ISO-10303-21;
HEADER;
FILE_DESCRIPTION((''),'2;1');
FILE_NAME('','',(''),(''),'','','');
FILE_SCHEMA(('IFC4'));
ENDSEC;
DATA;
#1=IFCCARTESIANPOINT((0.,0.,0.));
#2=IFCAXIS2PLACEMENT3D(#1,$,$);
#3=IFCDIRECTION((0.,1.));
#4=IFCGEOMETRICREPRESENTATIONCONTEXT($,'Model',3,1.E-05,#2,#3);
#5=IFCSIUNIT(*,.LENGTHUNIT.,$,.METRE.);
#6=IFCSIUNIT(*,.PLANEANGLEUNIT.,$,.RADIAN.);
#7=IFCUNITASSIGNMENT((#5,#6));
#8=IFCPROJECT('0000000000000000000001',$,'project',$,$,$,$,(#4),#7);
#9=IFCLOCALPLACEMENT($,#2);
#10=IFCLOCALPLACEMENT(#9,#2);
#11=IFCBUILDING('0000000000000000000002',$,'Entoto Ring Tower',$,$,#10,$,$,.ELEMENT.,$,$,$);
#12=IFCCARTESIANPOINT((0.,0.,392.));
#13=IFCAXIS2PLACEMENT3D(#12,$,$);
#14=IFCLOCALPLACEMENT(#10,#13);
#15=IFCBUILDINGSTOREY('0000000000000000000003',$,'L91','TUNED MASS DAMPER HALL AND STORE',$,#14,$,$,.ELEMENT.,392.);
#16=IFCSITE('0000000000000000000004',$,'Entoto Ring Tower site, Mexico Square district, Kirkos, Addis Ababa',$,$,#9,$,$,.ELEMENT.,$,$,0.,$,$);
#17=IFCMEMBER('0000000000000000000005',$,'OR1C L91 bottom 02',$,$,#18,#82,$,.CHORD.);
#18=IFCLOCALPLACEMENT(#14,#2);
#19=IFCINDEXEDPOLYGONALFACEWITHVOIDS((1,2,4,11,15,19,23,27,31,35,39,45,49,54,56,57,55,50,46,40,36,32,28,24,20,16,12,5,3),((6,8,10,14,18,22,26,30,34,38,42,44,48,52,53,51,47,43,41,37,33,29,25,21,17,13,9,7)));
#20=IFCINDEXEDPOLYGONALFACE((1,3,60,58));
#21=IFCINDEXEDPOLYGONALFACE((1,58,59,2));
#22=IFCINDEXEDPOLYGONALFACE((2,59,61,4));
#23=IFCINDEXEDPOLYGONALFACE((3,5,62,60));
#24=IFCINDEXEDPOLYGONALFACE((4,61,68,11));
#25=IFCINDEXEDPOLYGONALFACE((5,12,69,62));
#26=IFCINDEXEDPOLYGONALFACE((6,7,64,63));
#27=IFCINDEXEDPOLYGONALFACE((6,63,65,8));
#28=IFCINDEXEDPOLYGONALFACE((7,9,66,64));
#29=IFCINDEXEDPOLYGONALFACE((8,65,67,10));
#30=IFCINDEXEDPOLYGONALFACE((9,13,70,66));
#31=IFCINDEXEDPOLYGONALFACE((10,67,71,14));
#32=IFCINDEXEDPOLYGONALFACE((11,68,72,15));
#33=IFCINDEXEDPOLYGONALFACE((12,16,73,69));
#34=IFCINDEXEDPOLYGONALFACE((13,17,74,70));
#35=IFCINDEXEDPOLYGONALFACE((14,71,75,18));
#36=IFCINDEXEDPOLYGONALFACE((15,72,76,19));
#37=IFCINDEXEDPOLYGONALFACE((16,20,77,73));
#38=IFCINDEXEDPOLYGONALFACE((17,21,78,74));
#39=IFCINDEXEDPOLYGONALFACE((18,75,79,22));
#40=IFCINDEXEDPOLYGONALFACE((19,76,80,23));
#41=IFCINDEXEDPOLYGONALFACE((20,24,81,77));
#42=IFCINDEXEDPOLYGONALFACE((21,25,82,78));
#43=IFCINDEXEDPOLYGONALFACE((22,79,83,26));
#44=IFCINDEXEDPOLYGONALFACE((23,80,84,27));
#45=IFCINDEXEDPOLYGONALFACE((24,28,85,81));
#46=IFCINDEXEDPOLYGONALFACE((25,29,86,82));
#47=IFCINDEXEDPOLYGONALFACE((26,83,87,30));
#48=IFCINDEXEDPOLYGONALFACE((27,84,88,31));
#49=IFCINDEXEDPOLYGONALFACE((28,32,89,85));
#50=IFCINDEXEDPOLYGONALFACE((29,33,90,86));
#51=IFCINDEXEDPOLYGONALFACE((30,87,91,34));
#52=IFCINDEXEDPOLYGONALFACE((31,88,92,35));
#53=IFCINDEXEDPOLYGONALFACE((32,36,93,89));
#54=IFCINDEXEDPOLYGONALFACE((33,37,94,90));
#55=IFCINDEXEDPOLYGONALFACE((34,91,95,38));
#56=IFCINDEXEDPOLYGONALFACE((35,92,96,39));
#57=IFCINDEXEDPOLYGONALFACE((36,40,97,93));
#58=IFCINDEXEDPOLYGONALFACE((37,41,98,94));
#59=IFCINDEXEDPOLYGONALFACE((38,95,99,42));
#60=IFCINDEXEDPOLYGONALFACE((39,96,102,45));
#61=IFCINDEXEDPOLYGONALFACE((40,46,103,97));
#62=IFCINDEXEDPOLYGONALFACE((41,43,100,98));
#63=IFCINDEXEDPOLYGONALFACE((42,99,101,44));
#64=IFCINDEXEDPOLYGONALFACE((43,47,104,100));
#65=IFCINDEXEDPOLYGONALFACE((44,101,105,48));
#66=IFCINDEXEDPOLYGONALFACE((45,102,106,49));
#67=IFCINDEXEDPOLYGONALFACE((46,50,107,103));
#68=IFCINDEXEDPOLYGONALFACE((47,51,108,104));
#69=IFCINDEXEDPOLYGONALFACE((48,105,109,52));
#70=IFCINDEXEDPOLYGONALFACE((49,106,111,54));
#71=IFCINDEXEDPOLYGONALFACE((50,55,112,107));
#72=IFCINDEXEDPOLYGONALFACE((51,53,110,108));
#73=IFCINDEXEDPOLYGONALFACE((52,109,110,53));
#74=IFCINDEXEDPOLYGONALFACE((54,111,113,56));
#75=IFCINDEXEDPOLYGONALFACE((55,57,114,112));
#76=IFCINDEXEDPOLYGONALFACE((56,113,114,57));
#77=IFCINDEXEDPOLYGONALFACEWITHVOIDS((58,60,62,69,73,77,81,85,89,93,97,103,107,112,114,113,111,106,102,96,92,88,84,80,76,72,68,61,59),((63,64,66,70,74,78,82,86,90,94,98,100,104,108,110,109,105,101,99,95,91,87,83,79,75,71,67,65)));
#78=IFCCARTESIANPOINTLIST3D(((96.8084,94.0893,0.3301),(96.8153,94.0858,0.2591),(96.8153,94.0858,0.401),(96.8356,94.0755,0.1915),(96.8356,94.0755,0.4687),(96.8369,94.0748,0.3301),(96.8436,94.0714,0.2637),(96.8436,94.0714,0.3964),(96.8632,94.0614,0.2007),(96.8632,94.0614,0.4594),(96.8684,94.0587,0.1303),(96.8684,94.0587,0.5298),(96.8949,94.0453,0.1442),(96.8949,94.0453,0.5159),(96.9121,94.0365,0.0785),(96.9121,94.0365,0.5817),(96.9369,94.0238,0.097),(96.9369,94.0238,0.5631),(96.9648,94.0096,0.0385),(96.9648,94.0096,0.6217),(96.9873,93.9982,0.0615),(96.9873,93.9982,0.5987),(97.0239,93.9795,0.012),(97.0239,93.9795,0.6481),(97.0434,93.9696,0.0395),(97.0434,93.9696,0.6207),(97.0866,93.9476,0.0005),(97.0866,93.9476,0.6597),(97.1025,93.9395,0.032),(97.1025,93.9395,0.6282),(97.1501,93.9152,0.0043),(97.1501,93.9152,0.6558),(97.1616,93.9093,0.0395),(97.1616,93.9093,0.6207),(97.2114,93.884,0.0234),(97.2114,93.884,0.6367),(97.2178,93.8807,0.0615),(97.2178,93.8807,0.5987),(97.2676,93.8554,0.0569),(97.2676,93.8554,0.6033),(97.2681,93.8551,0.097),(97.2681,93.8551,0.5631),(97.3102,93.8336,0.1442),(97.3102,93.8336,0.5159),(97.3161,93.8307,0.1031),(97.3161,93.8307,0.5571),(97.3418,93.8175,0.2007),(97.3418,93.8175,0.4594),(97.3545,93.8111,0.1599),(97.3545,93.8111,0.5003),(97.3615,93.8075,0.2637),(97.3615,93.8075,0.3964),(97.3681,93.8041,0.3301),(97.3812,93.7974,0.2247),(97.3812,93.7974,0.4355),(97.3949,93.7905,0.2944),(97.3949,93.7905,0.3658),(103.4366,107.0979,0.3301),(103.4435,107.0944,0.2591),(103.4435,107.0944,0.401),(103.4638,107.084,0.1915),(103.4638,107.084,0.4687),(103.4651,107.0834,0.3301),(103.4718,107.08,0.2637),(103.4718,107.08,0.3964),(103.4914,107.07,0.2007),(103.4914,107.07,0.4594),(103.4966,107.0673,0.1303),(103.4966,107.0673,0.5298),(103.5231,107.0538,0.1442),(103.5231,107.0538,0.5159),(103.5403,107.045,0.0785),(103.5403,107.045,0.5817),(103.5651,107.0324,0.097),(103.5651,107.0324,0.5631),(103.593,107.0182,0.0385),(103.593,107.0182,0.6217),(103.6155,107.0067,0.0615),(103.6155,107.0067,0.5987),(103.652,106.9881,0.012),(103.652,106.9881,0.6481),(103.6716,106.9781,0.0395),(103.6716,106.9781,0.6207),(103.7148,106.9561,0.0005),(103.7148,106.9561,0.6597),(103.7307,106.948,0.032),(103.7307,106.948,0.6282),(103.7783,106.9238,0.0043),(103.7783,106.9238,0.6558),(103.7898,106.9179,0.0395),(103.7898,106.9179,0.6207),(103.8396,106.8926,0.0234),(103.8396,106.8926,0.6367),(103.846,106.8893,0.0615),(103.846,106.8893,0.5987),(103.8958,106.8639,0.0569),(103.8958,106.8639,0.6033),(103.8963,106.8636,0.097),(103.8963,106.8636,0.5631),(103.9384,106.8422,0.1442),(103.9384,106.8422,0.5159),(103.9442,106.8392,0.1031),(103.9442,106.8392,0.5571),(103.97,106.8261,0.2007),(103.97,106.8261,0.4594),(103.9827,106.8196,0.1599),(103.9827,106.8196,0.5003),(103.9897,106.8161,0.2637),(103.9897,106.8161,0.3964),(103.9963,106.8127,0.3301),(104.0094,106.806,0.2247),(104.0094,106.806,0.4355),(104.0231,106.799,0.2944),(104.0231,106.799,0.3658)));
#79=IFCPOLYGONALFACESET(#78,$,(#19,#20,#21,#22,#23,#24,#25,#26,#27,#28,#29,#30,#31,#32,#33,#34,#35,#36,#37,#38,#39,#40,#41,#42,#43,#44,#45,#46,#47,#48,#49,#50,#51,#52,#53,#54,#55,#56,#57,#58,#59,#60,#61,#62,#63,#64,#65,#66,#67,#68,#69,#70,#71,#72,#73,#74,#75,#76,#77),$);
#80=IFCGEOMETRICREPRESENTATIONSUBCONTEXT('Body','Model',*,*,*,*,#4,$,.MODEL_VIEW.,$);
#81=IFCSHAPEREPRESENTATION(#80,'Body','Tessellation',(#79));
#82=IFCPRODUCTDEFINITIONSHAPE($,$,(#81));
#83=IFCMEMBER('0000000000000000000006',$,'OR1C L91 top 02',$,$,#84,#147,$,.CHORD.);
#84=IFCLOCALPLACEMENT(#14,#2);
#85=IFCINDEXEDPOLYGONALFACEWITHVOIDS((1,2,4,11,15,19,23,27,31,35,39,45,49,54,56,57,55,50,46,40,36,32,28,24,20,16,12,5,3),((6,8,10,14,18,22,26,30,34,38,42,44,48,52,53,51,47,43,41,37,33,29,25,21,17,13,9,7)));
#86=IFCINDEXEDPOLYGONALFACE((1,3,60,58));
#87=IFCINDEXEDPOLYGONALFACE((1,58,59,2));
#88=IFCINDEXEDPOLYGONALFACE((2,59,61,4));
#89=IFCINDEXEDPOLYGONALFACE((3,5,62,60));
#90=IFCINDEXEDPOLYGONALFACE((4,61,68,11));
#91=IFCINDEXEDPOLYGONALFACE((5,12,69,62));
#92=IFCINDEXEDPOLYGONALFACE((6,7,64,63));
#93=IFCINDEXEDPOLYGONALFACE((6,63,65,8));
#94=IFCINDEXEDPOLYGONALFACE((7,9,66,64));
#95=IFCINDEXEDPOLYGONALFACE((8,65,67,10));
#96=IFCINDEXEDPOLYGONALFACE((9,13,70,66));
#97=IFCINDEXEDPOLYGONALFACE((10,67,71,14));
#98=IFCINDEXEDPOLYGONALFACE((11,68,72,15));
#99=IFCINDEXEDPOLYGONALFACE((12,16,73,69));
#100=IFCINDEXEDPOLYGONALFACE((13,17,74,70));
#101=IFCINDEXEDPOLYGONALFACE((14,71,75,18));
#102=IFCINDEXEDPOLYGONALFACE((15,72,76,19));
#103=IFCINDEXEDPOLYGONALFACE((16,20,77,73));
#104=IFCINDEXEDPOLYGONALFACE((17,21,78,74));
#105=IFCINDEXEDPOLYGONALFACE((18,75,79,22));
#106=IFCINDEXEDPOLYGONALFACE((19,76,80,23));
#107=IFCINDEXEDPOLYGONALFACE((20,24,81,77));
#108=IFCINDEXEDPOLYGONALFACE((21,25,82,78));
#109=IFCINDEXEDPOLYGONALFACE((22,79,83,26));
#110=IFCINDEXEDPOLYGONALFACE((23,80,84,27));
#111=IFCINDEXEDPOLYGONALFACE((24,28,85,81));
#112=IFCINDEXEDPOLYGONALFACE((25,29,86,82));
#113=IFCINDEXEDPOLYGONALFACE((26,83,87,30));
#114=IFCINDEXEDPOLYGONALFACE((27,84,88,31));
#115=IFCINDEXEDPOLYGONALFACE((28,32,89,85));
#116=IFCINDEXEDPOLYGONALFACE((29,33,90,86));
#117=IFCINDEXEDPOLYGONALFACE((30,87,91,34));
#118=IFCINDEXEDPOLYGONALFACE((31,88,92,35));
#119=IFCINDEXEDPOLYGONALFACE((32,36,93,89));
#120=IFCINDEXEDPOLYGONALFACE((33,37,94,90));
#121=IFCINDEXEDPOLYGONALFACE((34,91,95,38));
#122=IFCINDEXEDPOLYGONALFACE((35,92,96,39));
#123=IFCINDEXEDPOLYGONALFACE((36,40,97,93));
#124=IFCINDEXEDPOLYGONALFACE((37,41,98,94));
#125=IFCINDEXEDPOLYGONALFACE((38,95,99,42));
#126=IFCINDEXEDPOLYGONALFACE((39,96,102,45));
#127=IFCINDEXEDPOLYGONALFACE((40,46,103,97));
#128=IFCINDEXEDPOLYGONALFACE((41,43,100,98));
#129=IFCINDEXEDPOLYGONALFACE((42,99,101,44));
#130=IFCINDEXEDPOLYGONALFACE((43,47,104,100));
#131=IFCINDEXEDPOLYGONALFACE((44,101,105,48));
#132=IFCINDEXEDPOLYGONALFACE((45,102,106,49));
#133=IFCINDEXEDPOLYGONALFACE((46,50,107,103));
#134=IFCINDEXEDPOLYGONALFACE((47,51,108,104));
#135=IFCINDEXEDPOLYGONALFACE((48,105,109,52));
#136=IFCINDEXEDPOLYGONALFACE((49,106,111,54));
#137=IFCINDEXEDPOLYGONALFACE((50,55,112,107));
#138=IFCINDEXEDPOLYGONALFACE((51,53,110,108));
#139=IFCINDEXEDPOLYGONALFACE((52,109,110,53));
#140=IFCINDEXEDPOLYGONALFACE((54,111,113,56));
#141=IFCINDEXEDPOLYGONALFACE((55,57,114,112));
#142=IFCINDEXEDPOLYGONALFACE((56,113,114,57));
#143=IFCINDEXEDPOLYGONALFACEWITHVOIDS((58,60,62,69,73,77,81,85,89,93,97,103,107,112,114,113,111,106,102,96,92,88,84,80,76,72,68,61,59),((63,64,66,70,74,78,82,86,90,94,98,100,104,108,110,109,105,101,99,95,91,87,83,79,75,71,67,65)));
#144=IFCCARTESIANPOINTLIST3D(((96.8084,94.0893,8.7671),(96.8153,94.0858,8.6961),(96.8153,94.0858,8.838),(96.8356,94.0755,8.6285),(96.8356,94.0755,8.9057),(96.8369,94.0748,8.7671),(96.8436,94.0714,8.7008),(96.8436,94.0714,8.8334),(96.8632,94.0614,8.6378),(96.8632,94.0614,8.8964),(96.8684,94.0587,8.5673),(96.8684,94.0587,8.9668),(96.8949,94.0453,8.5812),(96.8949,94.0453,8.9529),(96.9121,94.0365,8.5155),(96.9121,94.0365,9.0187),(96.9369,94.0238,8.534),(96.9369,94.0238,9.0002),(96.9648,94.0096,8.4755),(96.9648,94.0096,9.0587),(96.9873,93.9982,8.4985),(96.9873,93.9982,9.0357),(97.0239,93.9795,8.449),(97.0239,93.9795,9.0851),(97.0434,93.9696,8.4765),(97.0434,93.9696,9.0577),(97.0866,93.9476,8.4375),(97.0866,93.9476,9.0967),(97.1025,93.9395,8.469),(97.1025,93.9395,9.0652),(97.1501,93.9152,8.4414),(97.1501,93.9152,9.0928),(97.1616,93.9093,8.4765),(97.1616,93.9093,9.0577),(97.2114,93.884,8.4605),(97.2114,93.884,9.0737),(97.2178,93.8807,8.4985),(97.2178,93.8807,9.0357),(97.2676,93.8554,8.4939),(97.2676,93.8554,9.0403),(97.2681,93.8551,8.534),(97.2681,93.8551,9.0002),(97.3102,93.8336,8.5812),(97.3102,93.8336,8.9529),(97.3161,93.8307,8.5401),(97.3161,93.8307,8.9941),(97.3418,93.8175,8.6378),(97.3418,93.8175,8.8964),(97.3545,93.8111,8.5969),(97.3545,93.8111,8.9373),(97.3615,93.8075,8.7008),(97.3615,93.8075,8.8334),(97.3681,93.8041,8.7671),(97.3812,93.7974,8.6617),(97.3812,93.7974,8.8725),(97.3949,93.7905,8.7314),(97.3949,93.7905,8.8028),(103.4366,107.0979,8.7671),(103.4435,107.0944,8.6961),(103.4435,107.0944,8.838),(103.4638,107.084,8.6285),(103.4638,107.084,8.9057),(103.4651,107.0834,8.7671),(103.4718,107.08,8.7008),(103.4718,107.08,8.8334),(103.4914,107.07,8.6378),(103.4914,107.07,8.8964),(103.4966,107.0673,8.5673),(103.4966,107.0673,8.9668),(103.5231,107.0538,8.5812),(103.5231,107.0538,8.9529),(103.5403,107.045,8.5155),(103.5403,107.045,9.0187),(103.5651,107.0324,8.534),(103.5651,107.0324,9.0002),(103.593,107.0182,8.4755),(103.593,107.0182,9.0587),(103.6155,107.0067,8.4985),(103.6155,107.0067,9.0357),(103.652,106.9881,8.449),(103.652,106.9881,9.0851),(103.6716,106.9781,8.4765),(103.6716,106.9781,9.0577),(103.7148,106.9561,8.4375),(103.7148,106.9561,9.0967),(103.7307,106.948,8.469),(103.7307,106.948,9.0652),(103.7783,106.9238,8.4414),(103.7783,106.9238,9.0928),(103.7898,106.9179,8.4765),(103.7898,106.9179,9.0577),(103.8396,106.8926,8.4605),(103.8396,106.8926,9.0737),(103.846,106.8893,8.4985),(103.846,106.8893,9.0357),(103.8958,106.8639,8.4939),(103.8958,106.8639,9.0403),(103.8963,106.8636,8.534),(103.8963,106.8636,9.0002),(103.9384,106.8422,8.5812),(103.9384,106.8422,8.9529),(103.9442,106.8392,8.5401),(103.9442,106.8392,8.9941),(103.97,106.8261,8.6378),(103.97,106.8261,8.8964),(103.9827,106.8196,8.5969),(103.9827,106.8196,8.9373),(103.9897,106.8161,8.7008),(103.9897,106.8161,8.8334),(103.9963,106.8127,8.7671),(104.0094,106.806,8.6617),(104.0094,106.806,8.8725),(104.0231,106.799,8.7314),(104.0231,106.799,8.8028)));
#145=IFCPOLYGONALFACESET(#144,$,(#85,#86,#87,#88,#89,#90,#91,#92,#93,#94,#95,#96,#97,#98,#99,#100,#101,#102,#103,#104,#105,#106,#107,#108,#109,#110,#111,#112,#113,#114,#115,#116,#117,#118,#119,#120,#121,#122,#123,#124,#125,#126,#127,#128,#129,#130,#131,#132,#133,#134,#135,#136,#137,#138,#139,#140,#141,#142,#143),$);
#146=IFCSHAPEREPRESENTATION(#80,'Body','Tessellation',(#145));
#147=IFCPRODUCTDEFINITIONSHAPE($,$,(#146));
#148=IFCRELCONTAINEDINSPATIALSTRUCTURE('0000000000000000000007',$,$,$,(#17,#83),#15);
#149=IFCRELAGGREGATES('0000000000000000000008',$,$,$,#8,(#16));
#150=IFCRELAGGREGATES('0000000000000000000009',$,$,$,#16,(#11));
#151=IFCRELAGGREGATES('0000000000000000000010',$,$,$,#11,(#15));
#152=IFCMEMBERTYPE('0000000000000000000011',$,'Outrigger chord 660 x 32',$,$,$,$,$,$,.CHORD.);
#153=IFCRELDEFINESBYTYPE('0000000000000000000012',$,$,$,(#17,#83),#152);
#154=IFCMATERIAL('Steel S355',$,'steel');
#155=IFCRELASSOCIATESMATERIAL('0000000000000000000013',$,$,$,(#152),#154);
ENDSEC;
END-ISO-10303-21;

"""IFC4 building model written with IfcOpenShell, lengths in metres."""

from ifc_helpers import new_model, si_unit, direction, frame, origin, origin_2d, place, context, subcontext, project, spatial, circle, hollow_circle, extrude, material, material_profile, profile_set, type_object, element, save


model = new_model("IFC4")

# Units and contexts
model_context = context("Model", 3, precision=1e-05, world=origin(), true_north=direction((0.0, 1.0)))
body_context = subcontext(model_context, "Body", "Model", "MODEL_VIEW")
ifc_project = project(units=[si_unit("LENGTHUNIT", "METRE"), si_unit("PLANEANGLEUNIT", "RADIAN")], contexts=[model_context])

# Site, building, storey
site_placement = place(None, origin())
site = spatial("IfcSite", under=ifc_project, at=site_placement, Name="Entoto Ring Tower site, Mexico Square district, Kirkos, Addis Ababa", CompositionType="ELEMENT", RefElevation=0.0)
building_placement = place(site_placement, origin())
building = spatial("IfcBuilding", under=site, at=building_placement, Name="Entoto Ring Tower", CompositionType="ELEMENT")
storey_placement = place(building_placement, frame((0.0, 0.0, 392.0)))
storey = spatial("IfcBuildingStorey", under=building, at=storey_placement, Name="L91", Description="TUNED MASS DAMPER HALL AND STORE", CompositionType="ELEMENT", Elevation=392.0)

# Members
ifc_material_1 = material(Name="Steel S355", Category="steel")
ifc_material_profile_1 = material_profile(ifc_material_1, hollow_circle(Radius=0.3301, WallThickness=0.032, at=origin_2d()), Name="CHS 660 x 32")
ifc_material_2 = material(Name="Concrete C60/75", Category="concrete")
ifc_material_profile_2 = material_profile(ifc_material_2, circle(Radius=0.2981, at=origin_2d()), Name="Concrete C60/75 infill")
ifc_profile_set_1 = profile_set([ifc_material_profile_1, ifc_material_profile_2], Name="Steel S355")
member_type_1 = type_object("IfcMemberType", Name="Outrigger chord 660 x 32", PredefinedType="CHORD", material=ifc_profile_set_1)
for number, where, z_axis, x_axis, name in (
    (1, (97.1025, 93.9395, 0.3301), (0.45399, 0.891007, 0.0), (-0.891007, 0.45399, 0.0), "OR1C L91 bottom 02"),
    (2, (97.1025, 93.9395, 8.7671), (0.45399, 0.891007, 0.0), (-0.891007, 0.45399, 0.0), "OR1C L91 top 02"),
):
    element("IfcMember", number, at=place(storey_placement, frame(where, z_axis=z_axis, x_axis=x_axis)), inside=storey, type_object=member_type_1, Name=name, PredefinedType="CHORD", context=body_context, shape_type="SweptSolid", body=[
        extrude(hollow_circle(Radius=0.3301, WallThickness=0.032, at=origin_2d()), origin(), (0.0, 0.0, 1.0), 14.5999),
    ])

save(model, "model.ifc")
